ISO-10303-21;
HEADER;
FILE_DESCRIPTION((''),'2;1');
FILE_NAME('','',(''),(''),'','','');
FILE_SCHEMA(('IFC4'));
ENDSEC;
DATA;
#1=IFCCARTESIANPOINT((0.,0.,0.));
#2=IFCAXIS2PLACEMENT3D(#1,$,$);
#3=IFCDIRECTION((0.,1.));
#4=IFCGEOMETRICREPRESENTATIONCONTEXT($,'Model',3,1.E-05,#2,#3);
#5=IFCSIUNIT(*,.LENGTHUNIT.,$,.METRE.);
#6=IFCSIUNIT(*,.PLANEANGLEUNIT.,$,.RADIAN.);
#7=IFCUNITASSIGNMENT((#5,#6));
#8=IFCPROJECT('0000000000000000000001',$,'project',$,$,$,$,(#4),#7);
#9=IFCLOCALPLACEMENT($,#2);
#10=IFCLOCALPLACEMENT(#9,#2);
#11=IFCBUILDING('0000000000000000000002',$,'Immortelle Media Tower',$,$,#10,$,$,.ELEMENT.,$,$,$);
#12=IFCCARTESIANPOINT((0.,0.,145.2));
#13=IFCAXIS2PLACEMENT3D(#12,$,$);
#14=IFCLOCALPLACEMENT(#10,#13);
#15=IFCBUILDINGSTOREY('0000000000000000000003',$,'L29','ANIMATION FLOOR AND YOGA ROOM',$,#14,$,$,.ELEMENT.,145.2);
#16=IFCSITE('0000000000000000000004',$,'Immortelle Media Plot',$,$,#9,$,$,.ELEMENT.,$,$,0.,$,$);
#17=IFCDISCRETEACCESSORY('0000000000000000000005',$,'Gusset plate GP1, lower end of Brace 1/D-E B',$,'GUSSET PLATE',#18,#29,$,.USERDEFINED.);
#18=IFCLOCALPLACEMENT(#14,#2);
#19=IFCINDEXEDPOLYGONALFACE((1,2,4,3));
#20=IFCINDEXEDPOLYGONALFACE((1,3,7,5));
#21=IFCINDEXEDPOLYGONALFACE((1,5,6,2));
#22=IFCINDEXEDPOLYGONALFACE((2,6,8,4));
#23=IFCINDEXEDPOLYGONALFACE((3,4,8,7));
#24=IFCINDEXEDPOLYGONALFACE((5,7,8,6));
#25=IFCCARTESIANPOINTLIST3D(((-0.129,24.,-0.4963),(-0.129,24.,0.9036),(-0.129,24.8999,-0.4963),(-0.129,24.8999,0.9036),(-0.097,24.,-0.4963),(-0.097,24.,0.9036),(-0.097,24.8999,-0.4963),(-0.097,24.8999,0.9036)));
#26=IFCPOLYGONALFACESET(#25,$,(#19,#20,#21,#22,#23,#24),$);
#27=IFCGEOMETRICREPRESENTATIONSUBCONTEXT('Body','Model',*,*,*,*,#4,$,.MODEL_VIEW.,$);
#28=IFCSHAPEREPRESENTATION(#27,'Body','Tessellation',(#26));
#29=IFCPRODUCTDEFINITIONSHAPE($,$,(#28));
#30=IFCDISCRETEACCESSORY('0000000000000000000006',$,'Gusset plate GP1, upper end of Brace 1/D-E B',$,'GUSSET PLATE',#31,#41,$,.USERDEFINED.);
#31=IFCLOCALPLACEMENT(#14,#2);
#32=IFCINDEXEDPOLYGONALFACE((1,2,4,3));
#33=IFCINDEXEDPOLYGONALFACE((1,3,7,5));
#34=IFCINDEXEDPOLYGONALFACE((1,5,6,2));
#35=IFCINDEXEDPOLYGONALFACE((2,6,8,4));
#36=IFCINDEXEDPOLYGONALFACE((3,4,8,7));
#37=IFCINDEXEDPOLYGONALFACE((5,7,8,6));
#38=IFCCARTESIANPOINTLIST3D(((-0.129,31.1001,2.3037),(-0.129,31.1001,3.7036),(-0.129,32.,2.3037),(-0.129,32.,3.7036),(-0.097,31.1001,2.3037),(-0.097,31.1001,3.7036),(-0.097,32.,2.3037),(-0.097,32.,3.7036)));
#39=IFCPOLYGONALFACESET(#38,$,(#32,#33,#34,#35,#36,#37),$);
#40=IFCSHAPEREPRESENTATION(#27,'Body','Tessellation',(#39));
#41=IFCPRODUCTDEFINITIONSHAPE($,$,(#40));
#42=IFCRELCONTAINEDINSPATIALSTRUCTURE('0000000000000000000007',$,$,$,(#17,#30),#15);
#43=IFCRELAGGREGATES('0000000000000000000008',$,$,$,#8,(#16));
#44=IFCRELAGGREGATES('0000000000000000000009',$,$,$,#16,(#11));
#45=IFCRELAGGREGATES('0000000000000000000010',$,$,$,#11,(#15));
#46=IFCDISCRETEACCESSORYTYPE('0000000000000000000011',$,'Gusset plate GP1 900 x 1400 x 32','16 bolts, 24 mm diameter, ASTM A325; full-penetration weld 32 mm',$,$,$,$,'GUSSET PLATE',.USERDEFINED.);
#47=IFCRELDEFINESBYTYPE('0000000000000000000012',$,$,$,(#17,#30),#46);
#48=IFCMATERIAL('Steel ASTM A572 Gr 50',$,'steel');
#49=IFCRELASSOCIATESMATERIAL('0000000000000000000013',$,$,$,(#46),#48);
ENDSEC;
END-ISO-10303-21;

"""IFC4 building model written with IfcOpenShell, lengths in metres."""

from ifc_helpers import new_model, si_unit, direction, frame, origin, origin_2d, place, context, subcontext, project, spatial, rectangle, extrude, material, material_profile, profile_set, type_object, element, save


model = new_model("IFC4")

# Units and contexts
model_context = context("Model", 3, precision=1e-05, world=origin(), true_north=direction((0.0, 1.0)))
body_context = subcontext(model_context, "Body", "Model", "MODEL_VIEW")
ifc_project = project(units=[si_unit("LENGTHUNIT", "METRE"), si_unit("PLANEANGLEUNIT", "RADIAN")], contexts=[model_context])

# Site, building, storey
site_placement = place(None, origin())
site = spatial("IfcSite", under=ifc_project, at=site_placement, Name="Immortelle Media Plot", CompositionType="ELEMENT", RefElevation=0.0)
building_placement = place(site_placement, origin())
building = spatial("IfcBuilding", under=site, at=building_placement, Name="Immortelle Media Tower", CompositionType="ELEMENT")
storey_placement = place(building_placement, frame((0.0, 0.0, 145.2)))
storey = spatial("IfcBuildingStorey", under=building, at=storey_placement, Name="L29", Description="ANIMATION FLOOR AND YOGA ROOM", CompositionType="ELEMENT", Elevation=145.2)

# Discrete accessories
ifc_material_1 = material(Name="Steel ASTM A572 Gr 50", Category="steel")
ifc_material_profile_1 = material_profile(ifc_material_1, rectangle(XDim=0.032, YDim=1.3999, at=origin_2d()), Name="PL 32 x 1400")
ifc_profile_set_1 = profile_set([ifc_material_profile_1], Name="Steel ASTM A572 Gr 50")
discrete_accessory_type_1 = type_object("IfcDiscreteAccessoryType", Name="Gusset plate GP1 900 x 1400 x 32", Description="16 bolts, 24 mm diameter, ASTM A325; full-penetration weld 32 mm", ElementType="GUSSET PLATE", PredefinedType="USERDEFINED", material=ifc_profile_set_1)
for number, where, z_axis, x_axis, name in (
    (1, (-0.113, 24.0, 0.2036), (0.0, 1.0, 0.0), (-1.0, 0.0, 0.0), "Gusset plate GP1, lower end of Brace 1/D-E B"),
    (2, (-0.113, 32.0, 3.0037), (0.0, -1.0, 0.0), (1.0, 0.0, 0.0), "Gusset plate GP1, upper end of Brace 1/D-E B"),
):
    element("IfcDiscreteAccessory", number, at=place(storey_placement, frame(where, z_axis=z_axis, x_axis=x_axis)), inside=storey, type_object=discrete_accessory_type_1, Name=name, ObjectType="GUSSET PLATE", PredefinedType="USERDEFINED", context=body_context, shape_type="SweptSolid", body=[
        extrude(rectangle(XDim=0.032, YDim=1.3999, at=origin_2d()), origin(), (0.0, 0.0, 1.0), 0.8999),
    ])

save(model, "model.ifc")
